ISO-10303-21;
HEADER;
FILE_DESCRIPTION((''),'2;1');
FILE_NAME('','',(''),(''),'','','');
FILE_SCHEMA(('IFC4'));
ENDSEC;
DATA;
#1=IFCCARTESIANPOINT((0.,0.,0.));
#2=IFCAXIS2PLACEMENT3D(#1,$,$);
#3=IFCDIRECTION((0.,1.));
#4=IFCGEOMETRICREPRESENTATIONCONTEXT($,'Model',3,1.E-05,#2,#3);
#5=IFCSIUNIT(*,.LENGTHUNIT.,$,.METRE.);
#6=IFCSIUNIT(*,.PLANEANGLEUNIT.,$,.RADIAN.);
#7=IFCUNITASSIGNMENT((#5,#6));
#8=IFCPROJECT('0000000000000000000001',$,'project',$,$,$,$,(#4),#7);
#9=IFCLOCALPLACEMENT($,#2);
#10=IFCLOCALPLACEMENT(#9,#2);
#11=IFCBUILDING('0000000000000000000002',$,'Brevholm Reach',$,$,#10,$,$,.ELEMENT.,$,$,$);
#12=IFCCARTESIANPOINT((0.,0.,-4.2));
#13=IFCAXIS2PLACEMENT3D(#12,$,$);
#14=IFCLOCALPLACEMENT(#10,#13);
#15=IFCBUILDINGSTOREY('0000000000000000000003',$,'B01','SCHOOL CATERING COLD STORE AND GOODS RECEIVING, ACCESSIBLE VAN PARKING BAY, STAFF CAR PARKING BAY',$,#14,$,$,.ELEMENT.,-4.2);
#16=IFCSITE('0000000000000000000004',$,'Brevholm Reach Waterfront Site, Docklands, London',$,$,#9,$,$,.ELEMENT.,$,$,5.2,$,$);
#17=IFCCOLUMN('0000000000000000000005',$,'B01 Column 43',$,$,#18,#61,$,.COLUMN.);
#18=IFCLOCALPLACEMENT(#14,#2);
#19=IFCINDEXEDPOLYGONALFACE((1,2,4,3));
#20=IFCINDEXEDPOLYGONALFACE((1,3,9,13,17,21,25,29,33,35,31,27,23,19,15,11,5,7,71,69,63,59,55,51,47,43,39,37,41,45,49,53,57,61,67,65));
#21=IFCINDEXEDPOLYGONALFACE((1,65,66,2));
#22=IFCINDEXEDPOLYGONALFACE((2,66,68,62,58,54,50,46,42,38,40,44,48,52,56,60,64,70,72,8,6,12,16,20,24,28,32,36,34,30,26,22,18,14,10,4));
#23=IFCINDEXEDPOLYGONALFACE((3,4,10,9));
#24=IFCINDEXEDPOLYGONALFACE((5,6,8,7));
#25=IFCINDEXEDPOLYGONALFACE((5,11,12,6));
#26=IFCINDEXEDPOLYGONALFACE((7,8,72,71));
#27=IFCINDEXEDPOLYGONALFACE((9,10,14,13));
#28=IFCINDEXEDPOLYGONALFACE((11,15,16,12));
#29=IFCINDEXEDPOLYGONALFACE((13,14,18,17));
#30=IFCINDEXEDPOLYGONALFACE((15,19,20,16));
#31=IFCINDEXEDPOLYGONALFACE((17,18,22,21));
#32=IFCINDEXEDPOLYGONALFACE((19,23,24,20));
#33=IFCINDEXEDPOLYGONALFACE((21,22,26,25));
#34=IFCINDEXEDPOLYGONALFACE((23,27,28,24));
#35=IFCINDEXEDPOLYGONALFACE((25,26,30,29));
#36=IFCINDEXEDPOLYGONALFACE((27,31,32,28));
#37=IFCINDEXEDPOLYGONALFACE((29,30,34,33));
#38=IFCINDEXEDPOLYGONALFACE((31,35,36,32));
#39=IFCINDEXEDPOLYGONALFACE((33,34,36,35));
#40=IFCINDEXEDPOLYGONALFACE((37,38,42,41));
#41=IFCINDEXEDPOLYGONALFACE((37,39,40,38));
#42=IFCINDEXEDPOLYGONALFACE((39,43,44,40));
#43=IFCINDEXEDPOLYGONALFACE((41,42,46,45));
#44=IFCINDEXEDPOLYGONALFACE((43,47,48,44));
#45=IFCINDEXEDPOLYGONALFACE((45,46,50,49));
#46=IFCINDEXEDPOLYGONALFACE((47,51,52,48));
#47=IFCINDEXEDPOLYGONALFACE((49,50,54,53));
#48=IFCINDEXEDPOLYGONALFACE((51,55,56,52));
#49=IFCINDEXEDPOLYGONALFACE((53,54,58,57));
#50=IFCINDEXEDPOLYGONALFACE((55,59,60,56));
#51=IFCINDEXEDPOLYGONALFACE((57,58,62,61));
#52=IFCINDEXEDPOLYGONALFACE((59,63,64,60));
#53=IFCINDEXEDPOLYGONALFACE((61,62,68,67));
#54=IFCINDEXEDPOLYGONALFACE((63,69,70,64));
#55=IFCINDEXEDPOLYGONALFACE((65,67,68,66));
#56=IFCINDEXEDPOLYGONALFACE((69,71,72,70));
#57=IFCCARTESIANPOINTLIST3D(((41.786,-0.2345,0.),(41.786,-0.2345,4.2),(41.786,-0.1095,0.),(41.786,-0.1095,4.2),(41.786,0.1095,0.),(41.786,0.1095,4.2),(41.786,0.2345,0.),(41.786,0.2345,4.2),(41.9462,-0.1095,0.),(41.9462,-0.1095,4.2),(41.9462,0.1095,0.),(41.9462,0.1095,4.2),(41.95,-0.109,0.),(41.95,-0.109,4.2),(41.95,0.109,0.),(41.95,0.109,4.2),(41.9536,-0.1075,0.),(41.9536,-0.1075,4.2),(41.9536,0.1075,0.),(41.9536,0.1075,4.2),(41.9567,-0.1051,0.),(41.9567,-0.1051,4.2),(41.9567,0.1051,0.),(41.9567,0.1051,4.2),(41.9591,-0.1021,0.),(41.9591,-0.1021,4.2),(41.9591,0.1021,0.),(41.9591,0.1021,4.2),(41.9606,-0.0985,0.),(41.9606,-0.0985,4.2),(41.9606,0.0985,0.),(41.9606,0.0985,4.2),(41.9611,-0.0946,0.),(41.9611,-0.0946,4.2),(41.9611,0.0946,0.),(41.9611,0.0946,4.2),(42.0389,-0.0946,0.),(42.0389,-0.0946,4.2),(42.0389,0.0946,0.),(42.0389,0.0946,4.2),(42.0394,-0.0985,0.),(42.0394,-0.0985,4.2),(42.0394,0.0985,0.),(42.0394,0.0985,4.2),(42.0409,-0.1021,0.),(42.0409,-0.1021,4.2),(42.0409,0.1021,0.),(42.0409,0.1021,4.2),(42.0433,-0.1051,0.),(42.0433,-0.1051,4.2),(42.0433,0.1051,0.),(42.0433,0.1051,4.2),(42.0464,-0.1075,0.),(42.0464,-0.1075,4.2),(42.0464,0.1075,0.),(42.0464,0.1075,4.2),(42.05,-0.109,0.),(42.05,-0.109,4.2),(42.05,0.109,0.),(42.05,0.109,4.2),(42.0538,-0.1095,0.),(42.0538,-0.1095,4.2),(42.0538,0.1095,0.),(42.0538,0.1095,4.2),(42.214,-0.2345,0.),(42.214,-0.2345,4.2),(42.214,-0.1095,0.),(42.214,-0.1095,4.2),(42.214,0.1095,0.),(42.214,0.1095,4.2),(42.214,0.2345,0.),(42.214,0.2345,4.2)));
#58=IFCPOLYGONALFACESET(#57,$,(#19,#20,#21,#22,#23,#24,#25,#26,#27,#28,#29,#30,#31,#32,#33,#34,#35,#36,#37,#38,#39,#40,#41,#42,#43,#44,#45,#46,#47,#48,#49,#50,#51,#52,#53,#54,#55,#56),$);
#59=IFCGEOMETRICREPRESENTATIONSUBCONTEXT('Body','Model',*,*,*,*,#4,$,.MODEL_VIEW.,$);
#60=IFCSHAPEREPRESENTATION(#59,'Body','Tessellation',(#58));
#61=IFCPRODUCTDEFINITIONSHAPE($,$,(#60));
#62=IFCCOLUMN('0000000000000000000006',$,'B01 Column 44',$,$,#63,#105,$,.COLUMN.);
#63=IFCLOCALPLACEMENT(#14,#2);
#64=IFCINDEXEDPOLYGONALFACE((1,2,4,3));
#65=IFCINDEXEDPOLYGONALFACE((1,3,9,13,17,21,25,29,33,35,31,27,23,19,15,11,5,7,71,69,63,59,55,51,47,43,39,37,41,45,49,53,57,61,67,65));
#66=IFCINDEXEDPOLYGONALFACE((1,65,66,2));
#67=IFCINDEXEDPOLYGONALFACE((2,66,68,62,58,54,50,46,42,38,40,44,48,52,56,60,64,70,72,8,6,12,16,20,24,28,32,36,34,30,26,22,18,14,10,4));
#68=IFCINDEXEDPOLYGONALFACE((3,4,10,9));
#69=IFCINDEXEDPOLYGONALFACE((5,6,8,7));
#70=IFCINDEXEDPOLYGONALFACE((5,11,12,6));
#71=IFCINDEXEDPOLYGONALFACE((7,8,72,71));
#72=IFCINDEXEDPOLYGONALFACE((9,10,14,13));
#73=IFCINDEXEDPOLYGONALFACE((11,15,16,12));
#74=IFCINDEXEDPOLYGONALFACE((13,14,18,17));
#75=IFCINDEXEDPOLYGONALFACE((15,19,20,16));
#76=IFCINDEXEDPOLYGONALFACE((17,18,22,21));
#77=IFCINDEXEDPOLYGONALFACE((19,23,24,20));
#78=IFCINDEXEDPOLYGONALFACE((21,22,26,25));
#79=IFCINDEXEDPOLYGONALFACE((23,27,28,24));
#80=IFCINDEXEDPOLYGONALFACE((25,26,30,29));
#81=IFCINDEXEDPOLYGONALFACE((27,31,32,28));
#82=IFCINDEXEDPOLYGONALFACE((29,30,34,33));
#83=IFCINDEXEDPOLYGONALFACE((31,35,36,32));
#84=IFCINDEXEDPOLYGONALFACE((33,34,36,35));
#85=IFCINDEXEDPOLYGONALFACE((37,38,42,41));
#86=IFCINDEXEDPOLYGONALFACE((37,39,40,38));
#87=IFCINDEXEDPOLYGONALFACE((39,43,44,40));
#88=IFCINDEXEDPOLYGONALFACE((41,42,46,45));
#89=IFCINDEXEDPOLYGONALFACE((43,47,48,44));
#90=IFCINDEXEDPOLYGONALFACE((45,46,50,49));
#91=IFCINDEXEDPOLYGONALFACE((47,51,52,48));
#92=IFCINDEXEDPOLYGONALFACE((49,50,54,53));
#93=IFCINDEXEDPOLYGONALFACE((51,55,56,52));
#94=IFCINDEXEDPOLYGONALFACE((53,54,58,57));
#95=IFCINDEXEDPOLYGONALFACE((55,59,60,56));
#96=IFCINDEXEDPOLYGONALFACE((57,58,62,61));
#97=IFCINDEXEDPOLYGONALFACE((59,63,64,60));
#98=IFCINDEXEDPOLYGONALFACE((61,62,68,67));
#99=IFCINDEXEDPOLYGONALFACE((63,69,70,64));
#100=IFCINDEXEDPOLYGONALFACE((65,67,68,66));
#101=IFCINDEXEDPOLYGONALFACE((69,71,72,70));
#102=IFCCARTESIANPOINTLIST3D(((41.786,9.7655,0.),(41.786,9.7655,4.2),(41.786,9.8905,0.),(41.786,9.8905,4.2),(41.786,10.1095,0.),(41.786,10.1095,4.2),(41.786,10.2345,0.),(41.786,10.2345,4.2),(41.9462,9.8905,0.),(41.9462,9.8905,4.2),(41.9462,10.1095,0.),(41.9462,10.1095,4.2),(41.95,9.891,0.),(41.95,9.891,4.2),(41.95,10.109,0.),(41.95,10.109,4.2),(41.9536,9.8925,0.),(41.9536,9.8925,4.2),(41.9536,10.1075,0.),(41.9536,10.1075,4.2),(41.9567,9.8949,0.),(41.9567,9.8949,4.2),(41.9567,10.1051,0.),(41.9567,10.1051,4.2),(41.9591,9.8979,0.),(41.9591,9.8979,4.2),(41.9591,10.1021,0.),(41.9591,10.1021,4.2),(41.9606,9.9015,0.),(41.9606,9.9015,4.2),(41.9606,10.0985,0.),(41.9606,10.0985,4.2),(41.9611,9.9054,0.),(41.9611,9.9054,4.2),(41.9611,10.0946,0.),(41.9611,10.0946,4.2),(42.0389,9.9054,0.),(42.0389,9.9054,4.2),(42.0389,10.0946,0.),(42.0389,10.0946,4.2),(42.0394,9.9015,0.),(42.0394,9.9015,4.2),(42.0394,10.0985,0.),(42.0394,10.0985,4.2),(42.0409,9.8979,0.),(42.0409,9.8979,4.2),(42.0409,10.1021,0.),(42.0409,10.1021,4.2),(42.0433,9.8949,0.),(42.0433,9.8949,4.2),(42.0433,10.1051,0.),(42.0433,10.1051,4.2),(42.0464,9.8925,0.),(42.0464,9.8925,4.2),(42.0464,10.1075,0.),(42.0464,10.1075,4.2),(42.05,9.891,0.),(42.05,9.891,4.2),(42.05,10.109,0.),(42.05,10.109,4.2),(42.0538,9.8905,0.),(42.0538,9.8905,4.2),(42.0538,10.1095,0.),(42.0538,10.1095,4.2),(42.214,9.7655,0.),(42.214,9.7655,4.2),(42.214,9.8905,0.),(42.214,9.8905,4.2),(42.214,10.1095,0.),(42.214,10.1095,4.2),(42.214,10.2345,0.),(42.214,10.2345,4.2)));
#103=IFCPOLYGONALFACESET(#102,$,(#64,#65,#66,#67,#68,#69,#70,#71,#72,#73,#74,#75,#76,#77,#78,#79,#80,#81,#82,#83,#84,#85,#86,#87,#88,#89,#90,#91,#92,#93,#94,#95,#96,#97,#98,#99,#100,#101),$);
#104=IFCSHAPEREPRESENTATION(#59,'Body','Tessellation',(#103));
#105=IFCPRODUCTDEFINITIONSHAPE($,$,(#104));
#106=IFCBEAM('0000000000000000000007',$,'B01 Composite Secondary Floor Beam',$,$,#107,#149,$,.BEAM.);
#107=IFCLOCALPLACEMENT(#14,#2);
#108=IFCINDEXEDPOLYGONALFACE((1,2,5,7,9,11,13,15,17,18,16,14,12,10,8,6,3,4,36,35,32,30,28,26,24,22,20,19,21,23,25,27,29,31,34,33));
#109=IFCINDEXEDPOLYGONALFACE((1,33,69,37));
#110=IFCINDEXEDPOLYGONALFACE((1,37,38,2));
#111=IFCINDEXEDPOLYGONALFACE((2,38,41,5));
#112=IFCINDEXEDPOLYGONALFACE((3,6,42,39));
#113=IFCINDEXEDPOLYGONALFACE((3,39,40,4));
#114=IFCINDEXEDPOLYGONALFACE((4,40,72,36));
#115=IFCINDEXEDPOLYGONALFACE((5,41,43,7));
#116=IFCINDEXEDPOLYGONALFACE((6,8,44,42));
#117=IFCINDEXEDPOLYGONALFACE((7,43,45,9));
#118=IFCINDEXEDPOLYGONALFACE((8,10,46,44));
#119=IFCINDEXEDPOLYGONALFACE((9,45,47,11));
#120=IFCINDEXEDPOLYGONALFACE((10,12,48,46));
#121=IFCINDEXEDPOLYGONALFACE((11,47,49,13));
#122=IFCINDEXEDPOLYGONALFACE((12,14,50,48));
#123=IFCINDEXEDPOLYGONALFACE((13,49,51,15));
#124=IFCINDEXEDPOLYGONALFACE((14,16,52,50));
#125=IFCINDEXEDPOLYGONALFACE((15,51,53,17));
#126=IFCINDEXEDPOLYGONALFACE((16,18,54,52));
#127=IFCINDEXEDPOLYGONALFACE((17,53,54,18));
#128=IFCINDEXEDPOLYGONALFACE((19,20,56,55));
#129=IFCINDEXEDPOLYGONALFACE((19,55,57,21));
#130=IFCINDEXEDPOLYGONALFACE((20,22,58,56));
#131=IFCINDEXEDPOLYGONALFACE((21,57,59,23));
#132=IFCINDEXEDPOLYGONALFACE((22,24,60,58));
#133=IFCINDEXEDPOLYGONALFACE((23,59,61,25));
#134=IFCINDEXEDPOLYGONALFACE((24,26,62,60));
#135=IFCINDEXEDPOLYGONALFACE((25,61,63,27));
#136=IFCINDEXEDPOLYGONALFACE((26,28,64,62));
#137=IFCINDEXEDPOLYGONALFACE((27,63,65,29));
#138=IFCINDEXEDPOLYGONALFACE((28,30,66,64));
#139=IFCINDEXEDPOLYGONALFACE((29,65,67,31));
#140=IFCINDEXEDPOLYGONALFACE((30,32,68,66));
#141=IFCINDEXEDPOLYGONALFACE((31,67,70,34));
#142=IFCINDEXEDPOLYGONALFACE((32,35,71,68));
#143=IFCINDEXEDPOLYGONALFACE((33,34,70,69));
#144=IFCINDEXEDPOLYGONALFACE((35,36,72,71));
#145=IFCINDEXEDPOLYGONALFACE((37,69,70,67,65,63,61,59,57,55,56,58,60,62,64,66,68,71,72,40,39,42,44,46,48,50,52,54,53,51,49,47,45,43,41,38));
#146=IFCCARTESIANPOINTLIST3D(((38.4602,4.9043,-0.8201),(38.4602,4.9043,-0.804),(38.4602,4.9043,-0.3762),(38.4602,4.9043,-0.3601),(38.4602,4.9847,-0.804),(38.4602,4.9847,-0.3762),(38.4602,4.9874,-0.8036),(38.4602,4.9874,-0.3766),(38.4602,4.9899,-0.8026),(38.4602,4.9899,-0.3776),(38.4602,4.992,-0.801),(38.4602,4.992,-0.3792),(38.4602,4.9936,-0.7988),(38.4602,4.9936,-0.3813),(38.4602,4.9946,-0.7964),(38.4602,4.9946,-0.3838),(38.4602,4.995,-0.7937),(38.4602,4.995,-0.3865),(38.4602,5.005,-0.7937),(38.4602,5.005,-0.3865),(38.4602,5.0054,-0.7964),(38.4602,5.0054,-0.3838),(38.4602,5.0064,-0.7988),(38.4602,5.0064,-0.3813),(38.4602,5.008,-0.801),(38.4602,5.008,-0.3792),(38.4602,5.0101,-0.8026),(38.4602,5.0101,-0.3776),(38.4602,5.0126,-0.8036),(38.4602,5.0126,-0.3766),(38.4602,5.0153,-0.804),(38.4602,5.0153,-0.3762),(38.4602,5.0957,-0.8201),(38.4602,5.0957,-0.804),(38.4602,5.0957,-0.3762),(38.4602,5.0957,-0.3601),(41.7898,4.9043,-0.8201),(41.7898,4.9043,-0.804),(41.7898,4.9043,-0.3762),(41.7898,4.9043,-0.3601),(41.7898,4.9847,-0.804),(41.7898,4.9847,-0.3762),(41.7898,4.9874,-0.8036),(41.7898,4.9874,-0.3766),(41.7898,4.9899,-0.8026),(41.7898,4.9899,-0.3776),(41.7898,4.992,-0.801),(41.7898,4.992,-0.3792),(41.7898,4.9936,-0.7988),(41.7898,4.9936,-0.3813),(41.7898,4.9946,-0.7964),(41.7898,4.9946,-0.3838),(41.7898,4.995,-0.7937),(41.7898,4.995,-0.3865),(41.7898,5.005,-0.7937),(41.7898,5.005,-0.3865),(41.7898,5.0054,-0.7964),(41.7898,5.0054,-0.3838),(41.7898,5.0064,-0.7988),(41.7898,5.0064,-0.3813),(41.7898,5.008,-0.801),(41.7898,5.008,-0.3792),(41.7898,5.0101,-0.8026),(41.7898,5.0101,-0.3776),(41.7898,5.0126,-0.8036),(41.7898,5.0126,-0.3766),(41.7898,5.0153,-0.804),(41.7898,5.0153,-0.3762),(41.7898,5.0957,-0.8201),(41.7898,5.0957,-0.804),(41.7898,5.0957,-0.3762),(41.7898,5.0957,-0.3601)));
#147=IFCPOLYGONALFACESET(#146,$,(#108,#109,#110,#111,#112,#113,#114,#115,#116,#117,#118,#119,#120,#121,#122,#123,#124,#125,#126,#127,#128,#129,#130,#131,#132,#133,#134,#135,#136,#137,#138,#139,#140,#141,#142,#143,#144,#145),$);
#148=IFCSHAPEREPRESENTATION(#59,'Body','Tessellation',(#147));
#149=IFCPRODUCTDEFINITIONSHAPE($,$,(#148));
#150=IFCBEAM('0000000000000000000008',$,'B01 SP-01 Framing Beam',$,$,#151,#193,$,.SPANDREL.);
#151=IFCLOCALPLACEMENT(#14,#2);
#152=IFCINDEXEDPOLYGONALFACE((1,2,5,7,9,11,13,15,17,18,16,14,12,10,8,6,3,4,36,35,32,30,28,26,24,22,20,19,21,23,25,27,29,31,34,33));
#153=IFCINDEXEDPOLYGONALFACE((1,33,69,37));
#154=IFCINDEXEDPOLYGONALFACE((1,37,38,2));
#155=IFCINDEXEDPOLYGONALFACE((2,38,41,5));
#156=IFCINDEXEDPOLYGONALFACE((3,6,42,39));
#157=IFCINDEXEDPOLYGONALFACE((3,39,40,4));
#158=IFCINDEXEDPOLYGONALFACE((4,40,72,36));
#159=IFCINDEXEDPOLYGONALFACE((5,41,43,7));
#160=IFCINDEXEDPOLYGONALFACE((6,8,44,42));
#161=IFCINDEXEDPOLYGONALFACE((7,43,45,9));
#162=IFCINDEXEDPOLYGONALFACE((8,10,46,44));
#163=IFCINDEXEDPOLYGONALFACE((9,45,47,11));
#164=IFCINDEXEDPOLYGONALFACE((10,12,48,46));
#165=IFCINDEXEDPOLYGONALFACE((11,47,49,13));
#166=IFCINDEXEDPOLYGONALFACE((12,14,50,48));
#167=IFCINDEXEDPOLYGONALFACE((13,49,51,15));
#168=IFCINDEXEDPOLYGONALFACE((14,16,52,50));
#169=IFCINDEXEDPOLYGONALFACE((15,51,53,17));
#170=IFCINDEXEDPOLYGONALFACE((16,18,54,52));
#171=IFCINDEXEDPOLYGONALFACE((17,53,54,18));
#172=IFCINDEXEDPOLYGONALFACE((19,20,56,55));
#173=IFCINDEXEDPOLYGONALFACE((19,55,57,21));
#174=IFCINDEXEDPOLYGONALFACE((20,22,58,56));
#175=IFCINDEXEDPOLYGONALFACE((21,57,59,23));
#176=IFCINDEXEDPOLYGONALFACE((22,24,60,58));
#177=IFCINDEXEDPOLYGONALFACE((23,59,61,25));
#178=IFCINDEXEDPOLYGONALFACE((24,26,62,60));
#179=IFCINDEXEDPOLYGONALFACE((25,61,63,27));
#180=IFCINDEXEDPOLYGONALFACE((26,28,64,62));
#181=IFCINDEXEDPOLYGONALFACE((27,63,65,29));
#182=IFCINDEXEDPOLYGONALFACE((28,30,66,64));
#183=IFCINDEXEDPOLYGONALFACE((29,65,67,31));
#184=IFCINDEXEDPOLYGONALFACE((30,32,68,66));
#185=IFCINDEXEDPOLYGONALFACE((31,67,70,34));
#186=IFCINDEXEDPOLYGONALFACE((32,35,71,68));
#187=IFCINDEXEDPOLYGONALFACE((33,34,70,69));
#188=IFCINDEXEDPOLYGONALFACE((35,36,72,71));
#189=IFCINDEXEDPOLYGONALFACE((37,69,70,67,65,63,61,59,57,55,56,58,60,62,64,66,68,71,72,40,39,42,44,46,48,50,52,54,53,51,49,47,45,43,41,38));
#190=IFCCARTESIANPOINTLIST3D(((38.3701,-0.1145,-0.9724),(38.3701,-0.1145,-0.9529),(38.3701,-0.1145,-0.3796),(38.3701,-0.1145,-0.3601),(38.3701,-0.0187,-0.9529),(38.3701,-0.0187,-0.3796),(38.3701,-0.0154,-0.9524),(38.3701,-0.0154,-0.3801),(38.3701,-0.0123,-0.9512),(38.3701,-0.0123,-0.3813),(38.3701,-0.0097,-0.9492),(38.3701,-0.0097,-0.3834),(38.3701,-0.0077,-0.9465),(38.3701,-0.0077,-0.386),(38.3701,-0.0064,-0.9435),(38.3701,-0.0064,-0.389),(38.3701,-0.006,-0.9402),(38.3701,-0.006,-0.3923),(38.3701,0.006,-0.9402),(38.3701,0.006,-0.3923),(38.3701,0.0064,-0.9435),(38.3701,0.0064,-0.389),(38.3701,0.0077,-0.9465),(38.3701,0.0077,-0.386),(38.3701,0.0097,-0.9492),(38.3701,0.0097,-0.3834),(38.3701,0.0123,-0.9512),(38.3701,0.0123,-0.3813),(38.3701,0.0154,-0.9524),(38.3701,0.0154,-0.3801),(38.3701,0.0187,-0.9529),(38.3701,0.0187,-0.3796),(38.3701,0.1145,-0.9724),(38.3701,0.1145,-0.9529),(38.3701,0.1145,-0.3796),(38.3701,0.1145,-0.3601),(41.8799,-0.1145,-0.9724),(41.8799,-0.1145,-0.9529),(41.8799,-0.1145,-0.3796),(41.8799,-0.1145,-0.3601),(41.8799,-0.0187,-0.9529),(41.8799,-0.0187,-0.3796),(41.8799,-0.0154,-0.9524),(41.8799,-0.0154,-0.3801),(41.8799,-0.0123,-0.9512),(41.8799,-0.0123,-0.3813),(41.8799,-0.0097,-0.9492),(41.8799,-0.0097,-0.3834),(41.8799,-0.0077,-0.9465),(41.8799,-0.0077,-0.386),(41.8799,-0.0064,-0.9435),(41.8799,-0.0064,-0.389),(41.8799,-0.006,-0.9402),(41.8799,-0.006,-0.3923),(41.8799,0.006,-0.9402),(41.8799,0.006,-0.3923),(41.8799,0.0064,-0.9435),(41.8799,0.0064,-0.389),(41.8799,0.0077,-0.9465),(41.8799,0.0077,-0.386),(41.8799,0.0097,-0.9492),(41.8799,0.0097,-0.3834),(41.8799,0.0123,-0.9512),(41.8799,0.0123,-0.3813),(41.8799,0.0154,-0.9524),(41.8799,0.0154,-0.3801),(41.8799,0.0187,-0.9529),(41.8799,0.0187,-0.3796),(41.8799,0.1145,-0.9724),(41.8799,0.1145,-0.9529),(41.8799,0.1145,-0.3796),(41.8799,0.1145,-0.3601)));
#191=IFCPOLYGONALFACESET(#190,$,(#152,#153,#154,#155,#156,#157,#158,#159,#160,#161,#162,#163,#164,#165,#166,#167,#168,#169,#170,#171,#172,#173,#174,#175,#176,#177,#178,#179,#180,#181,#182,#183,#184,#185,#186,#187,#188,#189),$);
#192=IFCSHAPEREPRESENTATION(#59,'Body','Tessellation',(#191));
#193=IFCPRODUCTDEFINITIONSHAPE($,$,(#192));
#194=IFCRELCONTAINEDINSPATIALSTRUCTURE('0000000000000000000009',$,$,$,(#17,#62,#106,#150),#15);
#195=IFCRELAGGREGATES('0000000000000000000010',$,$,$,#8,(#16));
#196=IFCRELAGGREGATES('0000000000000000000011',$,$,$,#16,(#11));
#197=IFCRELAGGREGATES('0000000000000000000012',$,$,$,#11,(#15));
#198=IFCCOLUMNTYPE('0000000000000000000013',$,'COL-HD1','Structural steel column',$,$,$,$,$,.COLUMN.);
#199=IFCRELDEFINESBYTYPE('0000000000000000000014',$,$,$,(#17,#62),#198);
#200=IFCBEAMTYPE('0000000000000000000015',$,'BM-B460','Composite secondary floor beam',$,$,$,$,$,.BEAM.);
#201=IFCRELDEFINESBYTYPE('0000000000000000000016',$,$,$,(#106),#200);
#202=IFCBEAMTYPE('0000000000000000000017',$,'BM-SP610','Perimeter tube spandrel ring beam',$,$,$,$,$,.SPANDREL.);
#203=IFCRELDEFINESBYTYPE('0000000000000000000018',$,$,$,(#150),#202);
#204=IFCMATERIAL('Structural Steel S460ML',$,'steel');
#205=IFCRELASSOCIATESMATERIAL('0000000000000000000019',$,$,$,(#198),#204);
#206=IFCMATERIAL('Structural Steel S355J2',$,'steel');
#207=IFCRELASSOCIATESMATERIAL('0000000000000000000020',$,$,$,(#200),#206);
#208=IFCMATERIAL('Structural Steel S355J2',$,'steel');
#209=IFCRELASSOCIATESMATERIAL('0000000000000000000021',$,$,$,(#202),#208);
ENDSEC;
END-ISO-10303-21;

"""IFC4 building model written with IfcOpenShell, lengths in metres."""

from ifc_helpers import new_model, si_unit, direction, frame, origin, origin_2d, place, context, subcontext, project, spatial, i_section, extrude, material, material_profile, profile_set, type_object, element, save


model = new_model("IFC4")

# Units and contexts
model_context = context("Model", 3, precision=1e-05, world=origin(), true_north=direction((0.0, 1.0)))
body_context = subcontext(model_context, "Body", "Model", "MODEL_VIEW")
ifc_project = project(units=[si_unit("LENGTHUNIT", "METRE"), si_unit("PLANEANGLEUNIT", "RADIAN")], contexts=[model_context])

# Site, building, storey
site_placement = place(None, origin())
site = spatial("IfcSite", under=ifc_project, at=site_placement, Name="Brevholm Reach Waterfront Site, Docklands, London", CompositionType="ELEMENT", RefElevation=5.2)
building_placement = place(site_placement, origin())
building = spatial("IfcBuilding", under=site, at=building_placement, Name="Brevholm Reach", CompositionType="ELEMENT")
storey_placement = place(building_placement, frame((0.0, 0.0, -4.2)))
storey = spatial("IfcBuildingStorey", under=building, at=storey_placement, Name="B01", Description="SCHOOL CATERING COLD STORE AND GOODS RECEIVING, ACCESSIBLE VAN PARKING BAY, STAFF CAR PARKING BAY", CompositionType="ELEMENT", Elevation=-4.2)

# Columns
ifc_material_1 = material(Name="Structural Steel S460ML", Category="steel")
ifc_material_profile_1 = material_profile(ifc_material_1, i_section(OverallWidth=0.428, OverallDepth=0.469, WebThickness=0.0779, FlangeThickness=0.125, FilletRadius=0.0149, at=origin_2d()), Name="HD 400x1086")
ifc_profile_set_1 = profile_set([ifc_material_profile_1], Name="Structural Steel S460ML")
column_type = type_object("IfcColumnType", Name="COL-HD1", Description="Structural steel column", PredefinedType="COLUMN", material=ifc_profile_set_1)
for number, where, z_axis, x_axis, name in (
    (1, (42.0, 0.0, 0.0), (0.0, 0.0, 1.0), (1.0, 0.0, 0.0), "B01 Column 43"),
    (2, (42.0, 10.0, 0.0), (0.0, 0.0, 1.0), (1.0, 0.0, 0.0), "B01 Column 44"),
):
    element("IfcColumn", number, at=place(storey_placement, frame(where, z_axis=z_axis, x_axis=x_axis)), inside=storey, type_object=column_type, Name=name, PredefinedType="COLUMN", context=body_context, shape_type="SweptSolid", body=[
        extrude(i_section(OverallWidth=0.428, OverallDepth=0.469, WebThickness=0.0779, FlangeThickness=0.125, FilletRadius=0.0149, at=origin_2d()), origin(), (0.0, 0.0, 1.0), 4.2),
    ])

# Beams
ifc_material_2 = material(Name="Structural Steel S355J2", Category="steel")
ifc_material_profile_2 = material_profile(ifc_material_2, i_section(OverallWidth=0.1914, OverallDepth=0.46, WebThickness=0.01, FlangeThickness=0.0161, FilletRadius=0.0103, at=origin_2d()), Name="UKB 457x191x82")
ifc_profile_set_2 = profile_set([ifc_material_profile_2], Name="Structural Steel S355J2")
beam_type_1 = type_object("IfcBeamType", Name="BM-B460", Description="Composite secondary floor beam", PredefinedType="BEAM", material=ifc_profile_set_2)
beam_1_placement = place(storey_placement, frame((38.4602, 5.0, -0.5901), z_axis=(1.0, 0.0, 0.0), x_axis=(0.0, 1.0, 0.0)))
element("IfcBeam", 3, at=beam_1_placement, inside=storey, type_object=beam_type_1, Name="B01 Composite Secondary Floor Beam", PredefinedType="BEAM", context=body_context, shape_type="SweptSolid", body=[
    extrude(i_section(OverallWidth=0.1914, OverallDepth=0.46, WebThickness=0.01, FlangeThickness=0.0161, FilletRadius=0.0103, at=origin_2d()), origin(), (0.0, 0.0, 1.0), 3.3296),
])
ifc_material_3 = material(Name="Structural Steel S355J2", Category="steel")
ifc_material_profile_3 = material_profile(ifc_material_3, i_section(OverallWidth=0.229, OverallDepth=0.6123, WebThickness=0.012, FlangeThickness=0.0195, FilletRadius=0.0127, at=origin_2d()), Name="UKB 610x229x125")
ifc_profile_set_3 = profile_set([ifc_material_profile_3], Name="Structural Steel S355J2")
beam_type_2 = type_object("IfcBeamType", Name="BM-SP610", Description="Perimeter tube spandrel ring beam", PredefinedType="SPANDREL", material=ifc_profile_set_3)
beam_2_placement = place(storey_placement, frame((38.3701, 0.0, -0.6663), z_axis=(1.0, 0.0, 0.0), x_axis=(0.0, 1.0, 0.0)))
element("IfcBeam", 4, at=beam_2_placement, inside=storey, type_object=beam_type_2, Name="B01 SP-01 Framing Beam", PredefinedType="SPANDREL", context=body_context, shape_type="SweptSolid", body=[
    extrude(i_section(OverallWidth=0.229, OverallDepth=0.6123, WebThickness=0.012, FlangeThickness=0.0195, FilletRadius=0.0127, at=origin_2d()), origin(), (0.0, 0.0, 1.0), 3.5098),
])

save(model, "model.ifc")
